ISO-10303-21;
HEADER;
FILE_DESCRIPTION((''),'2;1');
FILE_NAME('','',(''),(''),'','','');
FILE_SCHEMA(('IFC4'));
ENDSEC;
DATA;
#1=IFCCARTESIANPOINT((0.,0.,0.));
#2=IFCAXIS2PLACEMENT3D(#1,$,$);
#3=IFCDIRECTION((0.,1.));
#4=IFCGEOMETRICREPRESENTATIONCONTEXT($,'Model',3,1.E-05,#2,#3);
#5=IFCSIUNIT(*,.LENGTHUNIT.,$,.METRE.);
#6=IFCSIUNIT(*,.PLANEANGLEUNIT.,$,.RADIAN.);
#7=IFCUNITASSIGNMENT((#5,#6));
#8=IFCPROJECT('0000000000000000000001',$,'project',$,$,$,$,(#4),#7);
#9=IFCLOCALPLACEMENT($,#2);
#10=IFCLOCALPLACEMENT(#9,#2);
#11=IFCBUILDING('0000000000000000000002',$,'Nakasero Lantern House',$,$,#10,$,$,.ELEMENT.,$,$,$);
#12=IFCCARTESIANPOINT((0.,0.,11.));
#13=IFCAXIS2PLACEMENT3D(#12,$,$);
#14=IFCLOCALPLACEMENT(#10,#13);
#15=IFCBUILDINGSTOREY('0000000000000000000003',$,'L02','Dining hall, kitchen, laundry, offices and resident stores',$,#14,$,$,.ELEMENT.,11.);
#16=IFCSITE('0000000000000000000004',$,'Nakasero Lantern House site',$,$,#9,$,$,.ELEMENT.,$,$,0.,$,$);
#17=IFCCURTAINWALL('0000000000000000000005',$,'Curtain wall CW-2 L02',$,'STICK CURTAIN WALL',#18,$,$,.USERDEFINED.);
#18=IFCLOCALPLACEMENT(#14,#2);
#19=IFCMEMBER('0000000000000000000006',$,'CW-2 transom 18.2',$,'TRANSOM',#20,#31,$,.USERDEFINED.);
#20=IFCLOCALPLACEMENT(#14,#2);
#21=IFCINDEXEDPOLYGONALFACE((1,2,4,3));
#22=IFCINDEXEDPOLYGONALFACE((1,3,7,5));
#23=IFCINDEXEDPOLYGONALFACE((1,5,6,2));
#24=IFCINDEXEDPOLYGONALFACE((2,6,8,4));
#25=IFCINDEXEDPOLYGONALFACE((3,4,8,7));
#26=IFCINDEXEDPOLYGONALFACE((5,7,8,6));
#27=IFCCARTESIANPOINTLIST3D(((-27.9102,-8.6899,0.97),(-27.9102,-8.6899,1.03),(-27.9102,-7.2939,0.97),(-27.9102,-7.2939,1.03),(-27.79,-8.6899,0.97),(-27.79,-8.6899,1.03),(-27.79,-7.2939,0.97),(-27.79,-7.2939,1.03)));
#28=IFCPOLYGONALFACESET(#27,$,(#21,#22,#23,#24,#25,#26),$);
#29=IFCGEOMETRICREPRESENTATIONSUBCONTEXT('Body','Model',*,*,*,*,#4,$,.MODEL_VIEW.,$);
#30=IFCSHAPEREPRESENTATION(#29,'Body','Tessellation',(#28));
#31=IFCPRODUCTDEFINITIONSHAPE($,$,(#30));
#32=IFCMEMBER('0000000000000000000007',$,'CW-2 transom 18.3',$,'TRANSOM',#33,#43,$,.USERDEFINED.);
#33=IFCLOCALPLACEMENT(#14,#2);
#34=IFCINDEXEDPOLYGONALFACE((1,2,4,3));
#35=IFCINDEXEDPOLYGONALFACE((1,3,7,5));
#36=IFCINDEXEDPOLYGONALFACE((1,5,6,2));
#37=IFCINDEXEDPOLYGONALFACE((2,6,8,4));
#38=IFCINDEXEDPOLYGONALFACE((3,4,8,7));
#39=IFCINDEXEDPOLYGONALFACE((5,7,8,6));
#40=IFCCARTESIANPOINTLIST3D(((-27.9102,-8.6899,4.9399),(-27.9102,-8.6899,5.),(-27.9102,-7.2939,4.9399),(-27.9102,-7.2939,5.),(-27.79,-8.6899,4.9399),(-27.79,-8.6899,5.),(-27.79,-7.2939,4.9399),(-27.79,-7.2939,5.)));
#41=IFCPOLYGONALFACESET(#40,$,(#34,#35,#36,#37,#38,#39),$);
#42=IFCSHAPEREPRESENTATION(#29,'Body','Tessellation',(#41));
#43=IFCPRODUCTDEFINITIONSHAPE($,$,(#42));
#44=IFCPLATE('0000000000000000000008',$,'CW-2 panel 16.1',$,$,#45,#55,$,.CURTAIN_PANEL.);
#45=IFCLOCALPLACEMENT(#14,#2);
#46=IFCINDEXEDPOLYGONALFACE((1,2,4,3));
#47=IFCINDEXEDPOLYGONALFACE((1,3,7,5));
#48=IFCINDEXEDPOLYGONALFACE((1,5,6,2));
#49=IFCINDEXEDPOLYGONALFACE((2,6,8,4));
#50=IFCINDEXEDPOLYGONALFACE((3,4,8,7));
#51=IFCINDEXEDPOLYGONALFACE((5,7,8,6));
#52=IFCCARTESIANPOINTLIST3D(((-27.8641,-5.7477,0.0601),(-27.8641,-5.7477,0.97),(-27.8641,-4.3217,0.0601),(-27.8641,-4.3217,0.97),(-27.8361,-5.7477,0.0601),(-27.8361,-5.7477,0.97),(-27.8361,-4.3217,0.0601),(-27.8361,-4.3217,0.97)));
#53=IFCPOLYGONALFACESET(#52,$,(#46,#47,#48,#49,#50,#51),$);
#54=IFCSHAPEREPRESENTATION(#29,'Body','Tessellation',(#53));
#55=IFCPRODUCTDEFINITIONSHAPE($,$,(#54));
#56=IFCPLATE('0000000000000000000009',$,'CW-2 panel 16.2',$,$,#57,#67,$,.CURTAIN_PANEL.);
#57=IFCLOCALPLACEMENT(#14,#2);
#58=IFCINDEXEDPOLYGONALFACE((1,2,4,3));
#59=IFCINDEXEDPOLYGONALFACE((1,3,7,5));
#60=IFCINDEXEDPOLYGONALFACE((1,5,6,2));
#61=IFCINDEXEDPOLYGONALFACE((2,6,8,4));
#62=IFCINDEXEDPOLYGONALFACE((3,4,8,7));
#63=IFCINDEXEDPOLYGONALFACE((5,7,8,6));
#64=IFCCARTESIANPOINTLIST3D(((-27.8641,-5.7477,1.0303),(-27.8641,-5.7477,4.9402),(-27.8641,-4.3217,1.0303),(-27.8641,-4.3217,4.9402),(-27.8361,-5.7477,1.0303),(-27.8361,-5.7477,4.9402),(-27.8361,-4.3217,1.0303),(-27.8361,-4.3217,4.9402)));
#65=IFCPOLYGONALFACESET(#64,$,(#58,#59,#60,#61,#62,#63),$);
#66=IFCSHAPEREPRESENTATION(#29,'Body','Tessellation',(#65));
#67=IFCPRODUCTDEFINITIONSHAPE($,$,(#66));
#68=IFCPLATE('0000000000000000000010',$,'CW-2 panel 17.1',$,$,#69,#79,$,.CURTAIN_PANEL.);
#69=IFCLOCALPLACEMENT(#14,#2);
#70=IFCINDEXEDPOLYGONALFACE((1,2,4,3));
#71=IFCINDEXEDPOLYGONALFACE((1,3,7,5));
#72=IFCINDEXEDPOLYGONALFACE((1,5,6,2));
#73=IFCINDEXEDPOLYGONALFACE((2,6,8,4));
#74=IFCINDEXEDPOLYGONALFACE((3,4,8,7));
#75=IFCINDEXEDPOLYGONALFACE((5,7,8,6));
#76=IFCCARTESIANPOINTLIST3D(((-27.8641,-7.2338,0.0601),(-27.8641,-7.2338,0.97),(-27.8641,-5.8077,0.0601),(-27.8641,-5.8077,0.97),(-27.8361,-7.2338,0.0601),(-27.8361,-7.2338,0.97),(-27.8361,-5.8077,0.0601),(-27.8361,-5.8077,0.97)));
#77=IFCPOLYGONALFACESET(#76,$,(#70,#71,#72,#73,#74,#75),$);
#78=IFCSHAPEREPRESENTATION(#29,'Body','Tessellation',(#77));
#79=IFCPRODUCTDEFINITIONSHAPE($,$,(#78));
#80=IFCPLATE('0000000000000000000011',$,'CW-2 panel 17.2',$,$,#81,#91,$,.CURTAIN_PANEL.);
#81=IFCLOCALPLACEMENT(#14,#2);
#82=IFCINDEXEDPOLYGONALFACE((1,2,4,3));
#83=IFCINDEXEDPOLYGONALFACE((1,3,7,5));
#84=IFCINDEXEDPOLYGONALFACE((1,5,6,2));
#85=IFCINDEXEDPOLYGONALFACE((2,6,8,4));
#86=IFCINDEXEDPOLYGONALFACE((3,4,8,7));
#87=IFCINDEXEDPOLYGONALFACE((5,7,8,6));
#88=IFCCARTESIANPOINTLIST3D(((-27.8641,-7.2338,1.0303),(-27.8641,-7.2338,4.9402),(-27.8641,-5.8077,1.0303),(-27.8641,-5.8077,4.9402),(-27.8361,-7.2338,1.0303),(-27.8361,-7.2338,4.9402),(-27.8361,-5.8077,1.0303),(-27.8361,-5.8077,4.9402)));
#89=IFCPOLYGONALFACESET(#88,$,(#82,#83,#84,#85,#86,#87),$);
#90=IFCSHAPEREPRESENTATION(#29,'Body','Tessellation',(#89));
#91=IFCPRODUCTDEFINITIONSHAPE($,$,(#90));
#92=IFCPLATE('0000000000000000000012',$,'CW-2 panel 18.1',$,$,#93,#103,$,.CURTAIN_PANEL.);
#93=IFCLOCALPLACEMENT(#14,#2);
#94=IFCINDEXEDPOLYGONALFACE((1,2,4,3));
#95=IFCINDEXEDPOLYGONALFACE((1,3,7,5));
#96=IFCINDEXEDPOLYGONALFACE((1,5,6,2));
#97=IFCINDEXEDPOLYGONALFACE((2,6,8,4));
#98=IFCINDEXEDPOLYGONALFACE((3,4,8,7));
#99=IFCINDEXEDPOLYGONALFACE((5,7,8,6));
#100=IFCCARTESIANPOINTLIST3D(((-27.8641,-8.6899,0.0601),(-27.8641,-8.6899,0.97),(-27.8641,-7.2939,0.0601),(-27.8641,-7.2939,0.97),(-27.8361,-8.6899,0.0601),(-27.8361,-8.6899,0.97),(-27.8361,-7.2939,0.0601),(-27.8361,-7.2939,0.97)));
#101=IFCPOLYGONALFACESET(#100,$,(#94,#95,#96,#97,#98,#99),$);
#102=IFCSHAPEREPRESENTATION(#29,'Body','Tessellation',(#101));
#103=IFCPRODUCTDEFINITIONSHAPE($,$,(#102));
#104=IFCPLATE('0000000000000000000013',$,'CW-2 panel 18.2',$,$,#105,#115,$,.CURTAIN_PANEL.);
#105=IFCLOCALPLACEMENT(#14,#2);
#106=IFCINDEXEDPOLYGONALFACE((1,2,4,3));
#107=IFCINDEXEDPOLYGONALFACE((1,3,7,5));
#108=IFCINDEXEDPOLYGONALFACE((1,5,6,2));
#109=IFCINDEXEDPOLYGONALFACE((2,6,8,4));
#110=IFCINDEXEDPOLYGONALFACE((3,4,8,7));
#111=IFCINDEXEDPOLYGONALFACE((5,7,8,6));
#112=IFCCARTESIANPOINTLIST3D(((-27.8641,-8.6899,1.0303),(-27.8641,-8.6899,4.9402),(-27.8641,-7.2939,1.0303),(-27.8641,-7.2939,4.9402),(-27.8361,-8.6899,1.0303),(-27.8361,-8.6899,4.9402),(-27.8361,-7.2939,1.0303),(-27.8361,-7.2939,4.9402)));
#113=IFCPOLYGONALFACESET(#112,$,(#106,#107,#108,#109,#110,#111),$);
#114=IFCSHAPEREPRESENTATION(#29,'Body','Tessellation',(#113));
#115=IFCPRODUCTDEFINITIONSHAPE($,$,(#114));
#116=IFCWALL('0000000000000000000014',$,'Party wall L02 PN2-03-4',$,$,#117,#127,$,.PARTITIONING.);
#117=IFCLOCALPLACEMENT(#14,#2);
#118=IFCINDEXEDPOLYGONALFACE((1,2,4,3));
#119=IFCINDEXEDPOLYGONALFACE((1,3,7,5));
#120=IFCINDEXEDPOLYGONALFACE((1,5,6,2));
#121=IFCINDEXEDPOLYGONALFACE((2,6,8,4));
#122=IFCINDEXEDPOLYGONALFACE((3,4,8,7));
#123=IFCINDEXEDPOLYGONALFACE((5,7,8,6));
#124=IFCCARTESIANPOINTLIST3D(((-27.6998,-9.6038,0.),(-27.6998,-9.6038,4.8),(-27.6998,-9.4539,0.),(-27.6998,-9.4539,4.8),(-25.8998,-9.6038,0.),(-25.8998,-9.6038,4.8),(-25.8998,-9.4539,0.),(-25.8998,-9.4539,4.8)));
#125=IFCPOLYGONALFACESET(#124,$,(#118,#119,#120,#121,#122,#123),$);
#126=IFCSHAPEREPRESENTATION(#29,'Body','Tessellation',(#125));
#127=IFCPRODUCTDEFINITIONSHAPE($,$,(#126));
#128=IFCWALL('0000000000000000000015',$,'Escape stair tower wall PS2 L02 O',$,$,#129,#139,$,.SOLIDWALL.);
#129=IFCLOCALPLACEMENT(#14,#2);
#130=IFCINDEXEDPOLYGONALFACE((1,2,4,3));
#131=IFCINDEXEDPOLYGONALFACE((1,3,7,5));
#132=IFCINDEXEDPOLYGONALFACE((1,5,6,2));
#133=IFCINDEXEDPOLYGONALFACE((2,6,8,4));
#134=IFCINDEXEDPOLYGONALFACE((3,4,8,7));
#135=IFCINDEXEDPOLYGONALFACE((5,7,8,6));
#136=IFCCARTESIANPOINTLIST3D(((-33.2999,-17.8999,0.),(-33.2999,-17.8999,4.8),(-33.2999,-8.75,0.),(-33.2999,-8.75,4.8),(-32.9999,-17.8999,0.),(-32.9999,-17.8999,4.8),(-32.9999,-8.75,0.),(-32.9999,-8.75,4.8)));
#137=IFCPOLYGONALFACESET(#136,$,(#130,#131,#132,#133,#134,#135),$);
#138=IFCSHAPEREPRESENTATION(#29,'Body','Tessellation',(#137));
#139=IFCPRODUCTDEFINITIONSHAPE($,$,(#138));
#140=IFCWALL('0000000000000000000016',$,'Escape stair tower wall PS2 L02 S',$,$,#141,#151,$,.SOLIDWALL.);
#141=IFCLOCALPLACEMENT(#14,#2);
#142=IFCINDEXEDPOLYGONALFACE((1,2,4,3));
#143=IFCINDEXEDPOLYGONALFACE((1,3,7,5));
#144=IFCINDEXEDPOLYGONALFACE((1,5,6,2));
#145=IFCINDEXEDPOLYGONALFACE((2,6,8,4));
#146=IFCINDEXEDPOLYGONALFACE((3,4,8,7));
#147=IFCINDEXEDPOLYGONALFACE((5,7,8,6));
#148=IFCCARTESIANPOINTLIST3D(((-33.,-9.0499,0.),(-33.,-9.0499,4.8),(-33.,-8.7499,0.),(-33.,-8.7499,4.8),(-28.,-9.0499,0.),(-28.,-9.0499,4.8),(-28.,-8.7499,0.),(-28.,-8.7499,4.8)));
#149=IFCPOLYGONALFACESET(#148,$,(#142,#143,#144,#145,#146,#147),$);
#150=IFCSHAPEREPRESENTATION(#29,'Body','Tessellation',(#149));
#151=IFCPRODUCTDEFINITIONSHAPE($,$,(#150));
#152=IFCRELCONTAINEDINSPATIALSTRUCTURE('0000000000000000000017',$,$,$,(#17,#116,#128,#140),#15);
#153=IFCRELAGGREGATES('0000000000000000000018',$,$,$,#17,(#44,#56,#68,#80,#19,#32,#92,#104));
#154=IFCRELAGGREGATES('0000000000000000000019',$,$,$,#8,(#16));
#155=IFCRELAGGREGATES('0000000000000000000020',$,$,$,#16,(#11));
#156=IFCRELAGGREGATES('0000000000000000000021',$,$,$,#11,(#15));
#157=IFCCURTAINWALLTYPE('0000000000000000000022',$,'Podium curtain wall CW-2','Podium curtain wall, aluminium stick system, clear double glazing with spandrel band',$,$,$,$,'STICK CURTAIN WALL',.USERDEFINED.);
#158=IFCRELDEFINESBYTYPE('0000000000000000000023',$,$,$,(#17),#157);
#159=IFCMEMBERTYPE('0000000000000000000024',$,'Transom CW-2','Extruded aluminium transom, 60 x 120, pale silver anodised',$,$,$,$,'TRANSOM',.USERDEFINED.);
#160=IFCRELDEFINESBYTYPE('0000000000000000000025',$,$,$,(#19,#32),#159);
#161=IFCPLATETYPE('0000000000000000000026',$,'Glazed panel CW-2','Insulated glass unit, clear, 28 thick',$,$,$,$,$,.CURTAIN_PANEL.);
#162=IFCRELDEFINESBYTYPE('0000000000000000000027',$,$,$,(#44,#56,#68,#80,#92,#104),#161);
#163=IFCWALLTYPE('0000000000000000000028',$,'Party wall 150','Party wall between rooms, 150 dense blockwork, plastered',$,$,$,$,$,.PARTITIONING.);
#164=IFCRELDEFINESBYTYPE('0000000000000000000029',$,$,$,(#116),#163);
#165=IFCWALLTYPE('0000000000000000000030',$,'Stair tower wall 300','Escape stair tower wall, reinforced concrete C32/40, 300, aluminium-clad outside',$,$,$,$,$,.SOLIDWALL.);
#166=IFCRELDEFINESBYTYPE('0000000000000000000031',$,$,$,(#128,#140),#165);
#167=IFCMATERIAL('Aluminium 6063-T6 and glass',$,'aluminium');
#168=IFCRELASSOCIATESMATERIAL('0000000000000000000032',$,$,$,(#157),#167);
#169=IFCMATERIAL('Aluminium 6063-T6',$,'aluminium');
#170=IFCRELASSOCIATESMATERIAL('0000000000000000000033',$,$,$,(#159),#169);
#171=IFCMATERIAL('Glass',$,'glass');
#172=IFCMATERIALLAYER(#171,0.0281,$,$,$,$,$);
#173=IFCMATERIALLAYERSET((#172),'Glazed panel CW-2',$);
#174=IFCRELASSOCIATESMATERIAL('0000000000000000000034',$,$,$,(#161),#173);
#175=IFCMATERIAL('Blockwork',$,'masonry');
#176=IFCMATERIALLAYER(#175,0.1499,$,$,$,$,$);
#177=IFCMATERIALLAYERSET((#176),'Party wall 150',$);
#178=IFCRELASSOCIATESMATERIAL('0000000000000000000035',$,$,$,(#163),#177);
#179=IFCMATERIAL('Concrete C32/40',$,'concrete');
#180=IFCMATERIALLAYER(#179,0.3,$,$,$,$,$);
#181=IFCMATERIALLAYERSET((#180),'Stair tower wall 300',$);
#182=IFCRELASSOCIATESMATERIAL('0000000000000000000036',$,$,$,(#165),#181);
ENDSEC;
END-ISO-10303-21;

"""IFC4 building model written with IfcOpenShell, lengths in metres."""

from ifc_helpers import new_model, si_unit, direction, frame, frame_2d, origin, origin_2d, place, context, subcontext, project, spatial, rectangle, extrude, material, layer, layer_set, material_profile, profile_set, type_object, element, aggregate, save


model = new_model("IFC4")

# Units and contexts
model_context = context("Model", 3, precision=1e-05, world=origin(), true_north=direction((0.0, 1.0)))
body_context = subcontext(model_context, "Body", "Model", "MODEL_VIEW")
ifc_project = project(units=[si_unit("LENGTHUNIT", "METRE"), si_unit("PLANEANGLEUNIT", "RADIAN")], contexts=[model_context])

# Site, building, storey
site_placement = place(None, origin())
site = spatial("IfcSite", under=ifc_project, at=site_placement, Name="Nakasero Lantern House site", CompositionType="ELEMENT", RefElevation=0.0)
building_placement = place(site_placement, origin())
building = spatial("IfcBuilding", under=site, at=building_placement, Name="Nakasero Lantern House", CompositionType="ELEMENT")
storey_placement = place(building_placement, frame((0.0, 0.0, 11.0)))
storey = spatial("IfcBuildingStorey", under=building, at=storey_placement, Name="L02", Description="Dining hall, kitchen, laundry, offices and resident stores", CompositionType="ELEMENT", Elevation=11.0)

# Curtain wall
ifc_material_1 = material(Name="Aluminium 6063-T6 and glass", Category="aluminium")
curtain_wall_type = type_object("IfcCurtainWallType", Name="Podium curtain wall CW-2", Description="Podium curtain wall, aluminium stick system, clear double glazing with spandrel band", ElementType="STICK CURTAIN WALL", PredefinedType="USERDEFINED", material=ifc_material_1)
curtain_wall_placement = place(storey_placement, origin())
curtain_wall = element("IfcCurtainWall", 1, at=curtain_wall_placement, inside=storey, type_object=curtain_wall_type, Name="Curtain wall CW-2 L02", ObjectType="STICK CURTAIN WALL", PredefinedType="USERDEFINED")

# Members
ifc_material_2 = material(Name="Aluminium 6063-T6", Category="aluminium")
ifc_material_profile_1 = material_profile(ifc_material_2, rectangle(XDim=0.0601, YDim=0.1201, at=origin_2d()), Name="CW-2 transom 60x120")
ifc_profile_set_1 = profile_set([ifc_material_profile_1], Name="Aluminium 6063-T6")
member_type_1 = type_object("IfcMemberType", Name="Transom CW-2", Description="Extruded aluminium transom, 60 x 120, pale silver anodised", ElementType="TRANSOM", PredefinedType="USERDEFINED", material=ifc_profile_set_1)
member_1_placement = place(storey_placement, frame((-27.8501, -7.2939, 1.0), z_axis=(0.0, -1.0, 0.0), x_axis=(0.0, 0.0, 1.0)))
member_1 = element("IfcMember", 2, at=member_1_placement, type_object=member_type_1, Name="CW-2 transom 18.2", ObjectType="TRANSOM", PredefinedType="USERDEFINED", context=body_context, shape_type="SweptSolid", body=[
    extrude(rectangle(XDim=0.0601, YDim=0.1201, at=origin_2d()), origin(), (0.0, 0.0, 1.0), 1.396),
])
member_2_placement = place(storey_placement, frame((-27.8501, -7.2939, 4.97), z_axis=(0.0, -1.0, 0.0), x_axis=(0.0, 0.0, 1.0)))
member_2 = element("IfcMember", 3, at=member_2_placement, type_object=member_type_1, Name="CW-2 transom 18.3", ObjectType="TRANSOM", PredefinedType="USERDEFINED", context=body_context, shape_type="SweptSolid", body=[
    extrude(rectangle(XDim=0.0601, YDim=0.1201, at=origin_2d()), origin(), (0.0, 0.0, 1.0), 1.396),
])

# Plates
ifc_material_3 = material(Name="Glass", Category="glass")
ifc_layer_1 = layer(ifc_material_3, 0.0281)
ifc_layer_set_1 = layer_set([ifc_layer_1], Name="Glazed panel CW-2")
plate_type = type_object("IfcPlateType", Name="Glazed panel CW-2", Description="Insulated glass unit, clear, 28 thick", PredefinedType="CURTAIN_PANEL", material=ifc_layer_set_1)
plate_1_placement = place(storey_placement, frame((-27.8501, -5.0347, 0.0601), z_axis=(0.0, 0.0, 1.0), x_axis=(0.0, -1.0, 0.0)))
plate_1 = element("IfcPlate", 4, at=plate_1_placement, type_object=plate_type, Name="CW-2 panel 16.1", PredefinedType="CURTAIN_PANEL", context=body_context, shape_type="SweptSolid", body=[
    extrude(rectangle(XDim=1.426, YDim=0.0281, at=origin_2d()), origin(), (0.0, 0.0, 1.0), 0.9099),
])
plate_2_placement = place(storey_placement, frame((-27.8501, -5.0347, 1.0303), z_axis=(0.0, 0.0, 1.0), x_axis=(0.0, -1.0, 0.0)))
plate_2 = element("IfcPlate", 5, at=plate_2_placement, type_object=plate_type, Name="CW-2 panel 16.2", PredefinedType="CURTAIN_PANEL", context=body_context, shape_type="SweptSolid", body=[
    extrude(rectangle(XDim=1.426, YDim=0.0281, at=origin_2d()), origin(), (0.0, 0.0, 1.0), 3.9099),
])
plate_3_placement = place(storey_placement, frame((-27.8501, -6.5208, 0.0601), z_axis=(0.0, 0.0, 1.0), x_axis=(0.0, -1.0, 0.0)))
plate_3 = element("IfcPlate", 6, at=plate_3_placement, type_object=plate_type, Name="CW-2 panel 17.1", PredefinedType="CURTAIN_PANEL", context=body_context, shape_type="SweptSolid", body=[
    extrude(rectangle(XDim=1.426, YDim=0.0281, at=origin_2d()), origin(), (0.0, 0.0, 1.0), 0.9099),
])
plate_4_placement = place(storey_placement, frame((-27.8501, -6.5208, 1.0303), z_axis=(0.0, 0.0, 1.0), x_axis=(0.0, -1.0, 0.0)))
plate_4 = element("IfcPlate", 7, at=plate_4_placement, type_object=plate_type, Name="CW-2 panel 17.2", PredefinedType="CURTAIN_PANEL", context=body_context, shape_type="SweptSolid", body=[
    extrude(rectangle(XDim=1.426, YDim=0.0281, at=origin_2d()), origin(), (0.0, 0.0, 1.0), 3.9099),
])
plate_5_placement = place(storey_placement, frame((-27.8501, -7.9919, 0.0601), z_axis=(0.0, 0.0, 1.0), x_axis=(0.0, -1.0, 0.0)))
plate_5 = element("IfcPlate", 8, at=plate_5_placement, type_object=plate_type, Name="CW-2 panel 18.1", PredefinedType="CURTAIN_PANEL", context=body_context, shape_type="SweptSolid", body=[
    extrude(rectangle(XDim=1.396, YDim=0.0281, at=origin_2d()), origin(), (0.0, 0.0, 1.0), 0.9099),
])
plate_6_placement = place(storey_placement, frame((-27.8501, -7.9919, 1.0303), z_axis=(0.0, 0.0, 1.0), x_axis=(0.0, -1.0, 0.0)))
plate_6 = element("IfcPlate", 9, at=plate_6_placement, type_object=plate_type, Name="CW-2 panel 18.2", PredefinedType="CURTAIN_PANEL", context=body_context, shape_type="SweptSolid", body=[
    extrude(rectangle(XDim=1.396, YDim=0.0281, at=origin_2d()), origin(), (0.0, 0.0, 1.0), 3.9099),
])
aggregate(curtain_wall, [plate_1, plate_2, plate_3, plate_4, member_1, member_2, plate_5, plate_6])

# Wall
ifc_material_4 = material(Name="Blockwork", Category="masonry")
ifc_layer_2 = layer(ifc_material_4, 0.1499)
ifc_layer_set_2 = layer_set([ifc_layer_2], Name="Party wall 150")
wall_type_1 = type_object("IfcWallType", Name="Party wall 150", Description="Party wall between rooms, 150 dense blockwork, plastered", PredefinedType="PARTITIONING", material=ifc_layer_set_2)
wall_1_placement = place(storey_placement, frame((-25.8999, -9.5288, 0.0), z_axis=(0.0, 0.0, 1.0), x_axis=(-1.0, 0.0, 0.0)))
element("IfcWall", 10, at=wall_1_placement, inside=storey, type_object=wall_type_1, Name="Party wall L02 PN2-03-4", PredefinedType="PARTITIONING", context=body_context, shape_type="SweptSolid", body=[
    extrude(rectangle(XDim=1.8, YDim=0.1499, at=frame_2d((0.8999, 0.0))), origin(), (0.0, 0.0, 1.0), 4.8),
])

# Walls
ifc_material_5 = material(Name="Concrete C32/40", Category="concrete")
ifc_layer_3 = layer(ifc_material_5, 0.3)
ifc_layer_set_3 = layer_set([ifc_layer_3], Name="Stair tower wall 300")
wall_type_2 = type_object("IfcWallType", Name="Stair tower wall 300", Description="Escape stair tower wall, reinforced concrete C32/40, 300, aluminium-clad outside", PredefinedType="SOLIDWALL", material=ifc_layer_set_3)
wall_2_placement = place(storey_placement, frame((-33.1499, -8.75, 0.0), z_axis=(0.0, 0.0, 1.0), x_axis=(0.0, -1.0, 0.0)))
element("IfcWall", 11, at=wall_2_placement, inside=storey, type_object=wall_type_2, Name="Escape stair tower wall PS2 L02 O", PredefinedType="SOLIDWALL", context=body_context, shape_type="SweptSolid", body=[
    extrude(rectangle(XDim=9.1499, YDim=0.3, at=frame_2d((4.575, 0.0))), origin(), (0.0, 0.0, 1.0), 4.8),
])
wall_3_placement = place(storey_placement, frame((-28.0, -8.8999, 0.0), z_axis=(0.0, 0.0, 1.0), x_axis=(-1.0, 0.0, 0.0)))
element("IfcWall", 12, at=wall_3_placement, inside=storey, type_object=wall_type_2, Name="Escape stair tower wall PS2 L02 S", PredefinedType="SOLIDWALL", context=body_context, shape_type="SweptSolid", body=[
    extrude(rectangle(XDim=5.0, YDim=0.3, at=frame_2d((2.5, 0.0))), origin(), (0.0, 0.0, 1.0), 4.8),
])

save(model, "model.ifc")
